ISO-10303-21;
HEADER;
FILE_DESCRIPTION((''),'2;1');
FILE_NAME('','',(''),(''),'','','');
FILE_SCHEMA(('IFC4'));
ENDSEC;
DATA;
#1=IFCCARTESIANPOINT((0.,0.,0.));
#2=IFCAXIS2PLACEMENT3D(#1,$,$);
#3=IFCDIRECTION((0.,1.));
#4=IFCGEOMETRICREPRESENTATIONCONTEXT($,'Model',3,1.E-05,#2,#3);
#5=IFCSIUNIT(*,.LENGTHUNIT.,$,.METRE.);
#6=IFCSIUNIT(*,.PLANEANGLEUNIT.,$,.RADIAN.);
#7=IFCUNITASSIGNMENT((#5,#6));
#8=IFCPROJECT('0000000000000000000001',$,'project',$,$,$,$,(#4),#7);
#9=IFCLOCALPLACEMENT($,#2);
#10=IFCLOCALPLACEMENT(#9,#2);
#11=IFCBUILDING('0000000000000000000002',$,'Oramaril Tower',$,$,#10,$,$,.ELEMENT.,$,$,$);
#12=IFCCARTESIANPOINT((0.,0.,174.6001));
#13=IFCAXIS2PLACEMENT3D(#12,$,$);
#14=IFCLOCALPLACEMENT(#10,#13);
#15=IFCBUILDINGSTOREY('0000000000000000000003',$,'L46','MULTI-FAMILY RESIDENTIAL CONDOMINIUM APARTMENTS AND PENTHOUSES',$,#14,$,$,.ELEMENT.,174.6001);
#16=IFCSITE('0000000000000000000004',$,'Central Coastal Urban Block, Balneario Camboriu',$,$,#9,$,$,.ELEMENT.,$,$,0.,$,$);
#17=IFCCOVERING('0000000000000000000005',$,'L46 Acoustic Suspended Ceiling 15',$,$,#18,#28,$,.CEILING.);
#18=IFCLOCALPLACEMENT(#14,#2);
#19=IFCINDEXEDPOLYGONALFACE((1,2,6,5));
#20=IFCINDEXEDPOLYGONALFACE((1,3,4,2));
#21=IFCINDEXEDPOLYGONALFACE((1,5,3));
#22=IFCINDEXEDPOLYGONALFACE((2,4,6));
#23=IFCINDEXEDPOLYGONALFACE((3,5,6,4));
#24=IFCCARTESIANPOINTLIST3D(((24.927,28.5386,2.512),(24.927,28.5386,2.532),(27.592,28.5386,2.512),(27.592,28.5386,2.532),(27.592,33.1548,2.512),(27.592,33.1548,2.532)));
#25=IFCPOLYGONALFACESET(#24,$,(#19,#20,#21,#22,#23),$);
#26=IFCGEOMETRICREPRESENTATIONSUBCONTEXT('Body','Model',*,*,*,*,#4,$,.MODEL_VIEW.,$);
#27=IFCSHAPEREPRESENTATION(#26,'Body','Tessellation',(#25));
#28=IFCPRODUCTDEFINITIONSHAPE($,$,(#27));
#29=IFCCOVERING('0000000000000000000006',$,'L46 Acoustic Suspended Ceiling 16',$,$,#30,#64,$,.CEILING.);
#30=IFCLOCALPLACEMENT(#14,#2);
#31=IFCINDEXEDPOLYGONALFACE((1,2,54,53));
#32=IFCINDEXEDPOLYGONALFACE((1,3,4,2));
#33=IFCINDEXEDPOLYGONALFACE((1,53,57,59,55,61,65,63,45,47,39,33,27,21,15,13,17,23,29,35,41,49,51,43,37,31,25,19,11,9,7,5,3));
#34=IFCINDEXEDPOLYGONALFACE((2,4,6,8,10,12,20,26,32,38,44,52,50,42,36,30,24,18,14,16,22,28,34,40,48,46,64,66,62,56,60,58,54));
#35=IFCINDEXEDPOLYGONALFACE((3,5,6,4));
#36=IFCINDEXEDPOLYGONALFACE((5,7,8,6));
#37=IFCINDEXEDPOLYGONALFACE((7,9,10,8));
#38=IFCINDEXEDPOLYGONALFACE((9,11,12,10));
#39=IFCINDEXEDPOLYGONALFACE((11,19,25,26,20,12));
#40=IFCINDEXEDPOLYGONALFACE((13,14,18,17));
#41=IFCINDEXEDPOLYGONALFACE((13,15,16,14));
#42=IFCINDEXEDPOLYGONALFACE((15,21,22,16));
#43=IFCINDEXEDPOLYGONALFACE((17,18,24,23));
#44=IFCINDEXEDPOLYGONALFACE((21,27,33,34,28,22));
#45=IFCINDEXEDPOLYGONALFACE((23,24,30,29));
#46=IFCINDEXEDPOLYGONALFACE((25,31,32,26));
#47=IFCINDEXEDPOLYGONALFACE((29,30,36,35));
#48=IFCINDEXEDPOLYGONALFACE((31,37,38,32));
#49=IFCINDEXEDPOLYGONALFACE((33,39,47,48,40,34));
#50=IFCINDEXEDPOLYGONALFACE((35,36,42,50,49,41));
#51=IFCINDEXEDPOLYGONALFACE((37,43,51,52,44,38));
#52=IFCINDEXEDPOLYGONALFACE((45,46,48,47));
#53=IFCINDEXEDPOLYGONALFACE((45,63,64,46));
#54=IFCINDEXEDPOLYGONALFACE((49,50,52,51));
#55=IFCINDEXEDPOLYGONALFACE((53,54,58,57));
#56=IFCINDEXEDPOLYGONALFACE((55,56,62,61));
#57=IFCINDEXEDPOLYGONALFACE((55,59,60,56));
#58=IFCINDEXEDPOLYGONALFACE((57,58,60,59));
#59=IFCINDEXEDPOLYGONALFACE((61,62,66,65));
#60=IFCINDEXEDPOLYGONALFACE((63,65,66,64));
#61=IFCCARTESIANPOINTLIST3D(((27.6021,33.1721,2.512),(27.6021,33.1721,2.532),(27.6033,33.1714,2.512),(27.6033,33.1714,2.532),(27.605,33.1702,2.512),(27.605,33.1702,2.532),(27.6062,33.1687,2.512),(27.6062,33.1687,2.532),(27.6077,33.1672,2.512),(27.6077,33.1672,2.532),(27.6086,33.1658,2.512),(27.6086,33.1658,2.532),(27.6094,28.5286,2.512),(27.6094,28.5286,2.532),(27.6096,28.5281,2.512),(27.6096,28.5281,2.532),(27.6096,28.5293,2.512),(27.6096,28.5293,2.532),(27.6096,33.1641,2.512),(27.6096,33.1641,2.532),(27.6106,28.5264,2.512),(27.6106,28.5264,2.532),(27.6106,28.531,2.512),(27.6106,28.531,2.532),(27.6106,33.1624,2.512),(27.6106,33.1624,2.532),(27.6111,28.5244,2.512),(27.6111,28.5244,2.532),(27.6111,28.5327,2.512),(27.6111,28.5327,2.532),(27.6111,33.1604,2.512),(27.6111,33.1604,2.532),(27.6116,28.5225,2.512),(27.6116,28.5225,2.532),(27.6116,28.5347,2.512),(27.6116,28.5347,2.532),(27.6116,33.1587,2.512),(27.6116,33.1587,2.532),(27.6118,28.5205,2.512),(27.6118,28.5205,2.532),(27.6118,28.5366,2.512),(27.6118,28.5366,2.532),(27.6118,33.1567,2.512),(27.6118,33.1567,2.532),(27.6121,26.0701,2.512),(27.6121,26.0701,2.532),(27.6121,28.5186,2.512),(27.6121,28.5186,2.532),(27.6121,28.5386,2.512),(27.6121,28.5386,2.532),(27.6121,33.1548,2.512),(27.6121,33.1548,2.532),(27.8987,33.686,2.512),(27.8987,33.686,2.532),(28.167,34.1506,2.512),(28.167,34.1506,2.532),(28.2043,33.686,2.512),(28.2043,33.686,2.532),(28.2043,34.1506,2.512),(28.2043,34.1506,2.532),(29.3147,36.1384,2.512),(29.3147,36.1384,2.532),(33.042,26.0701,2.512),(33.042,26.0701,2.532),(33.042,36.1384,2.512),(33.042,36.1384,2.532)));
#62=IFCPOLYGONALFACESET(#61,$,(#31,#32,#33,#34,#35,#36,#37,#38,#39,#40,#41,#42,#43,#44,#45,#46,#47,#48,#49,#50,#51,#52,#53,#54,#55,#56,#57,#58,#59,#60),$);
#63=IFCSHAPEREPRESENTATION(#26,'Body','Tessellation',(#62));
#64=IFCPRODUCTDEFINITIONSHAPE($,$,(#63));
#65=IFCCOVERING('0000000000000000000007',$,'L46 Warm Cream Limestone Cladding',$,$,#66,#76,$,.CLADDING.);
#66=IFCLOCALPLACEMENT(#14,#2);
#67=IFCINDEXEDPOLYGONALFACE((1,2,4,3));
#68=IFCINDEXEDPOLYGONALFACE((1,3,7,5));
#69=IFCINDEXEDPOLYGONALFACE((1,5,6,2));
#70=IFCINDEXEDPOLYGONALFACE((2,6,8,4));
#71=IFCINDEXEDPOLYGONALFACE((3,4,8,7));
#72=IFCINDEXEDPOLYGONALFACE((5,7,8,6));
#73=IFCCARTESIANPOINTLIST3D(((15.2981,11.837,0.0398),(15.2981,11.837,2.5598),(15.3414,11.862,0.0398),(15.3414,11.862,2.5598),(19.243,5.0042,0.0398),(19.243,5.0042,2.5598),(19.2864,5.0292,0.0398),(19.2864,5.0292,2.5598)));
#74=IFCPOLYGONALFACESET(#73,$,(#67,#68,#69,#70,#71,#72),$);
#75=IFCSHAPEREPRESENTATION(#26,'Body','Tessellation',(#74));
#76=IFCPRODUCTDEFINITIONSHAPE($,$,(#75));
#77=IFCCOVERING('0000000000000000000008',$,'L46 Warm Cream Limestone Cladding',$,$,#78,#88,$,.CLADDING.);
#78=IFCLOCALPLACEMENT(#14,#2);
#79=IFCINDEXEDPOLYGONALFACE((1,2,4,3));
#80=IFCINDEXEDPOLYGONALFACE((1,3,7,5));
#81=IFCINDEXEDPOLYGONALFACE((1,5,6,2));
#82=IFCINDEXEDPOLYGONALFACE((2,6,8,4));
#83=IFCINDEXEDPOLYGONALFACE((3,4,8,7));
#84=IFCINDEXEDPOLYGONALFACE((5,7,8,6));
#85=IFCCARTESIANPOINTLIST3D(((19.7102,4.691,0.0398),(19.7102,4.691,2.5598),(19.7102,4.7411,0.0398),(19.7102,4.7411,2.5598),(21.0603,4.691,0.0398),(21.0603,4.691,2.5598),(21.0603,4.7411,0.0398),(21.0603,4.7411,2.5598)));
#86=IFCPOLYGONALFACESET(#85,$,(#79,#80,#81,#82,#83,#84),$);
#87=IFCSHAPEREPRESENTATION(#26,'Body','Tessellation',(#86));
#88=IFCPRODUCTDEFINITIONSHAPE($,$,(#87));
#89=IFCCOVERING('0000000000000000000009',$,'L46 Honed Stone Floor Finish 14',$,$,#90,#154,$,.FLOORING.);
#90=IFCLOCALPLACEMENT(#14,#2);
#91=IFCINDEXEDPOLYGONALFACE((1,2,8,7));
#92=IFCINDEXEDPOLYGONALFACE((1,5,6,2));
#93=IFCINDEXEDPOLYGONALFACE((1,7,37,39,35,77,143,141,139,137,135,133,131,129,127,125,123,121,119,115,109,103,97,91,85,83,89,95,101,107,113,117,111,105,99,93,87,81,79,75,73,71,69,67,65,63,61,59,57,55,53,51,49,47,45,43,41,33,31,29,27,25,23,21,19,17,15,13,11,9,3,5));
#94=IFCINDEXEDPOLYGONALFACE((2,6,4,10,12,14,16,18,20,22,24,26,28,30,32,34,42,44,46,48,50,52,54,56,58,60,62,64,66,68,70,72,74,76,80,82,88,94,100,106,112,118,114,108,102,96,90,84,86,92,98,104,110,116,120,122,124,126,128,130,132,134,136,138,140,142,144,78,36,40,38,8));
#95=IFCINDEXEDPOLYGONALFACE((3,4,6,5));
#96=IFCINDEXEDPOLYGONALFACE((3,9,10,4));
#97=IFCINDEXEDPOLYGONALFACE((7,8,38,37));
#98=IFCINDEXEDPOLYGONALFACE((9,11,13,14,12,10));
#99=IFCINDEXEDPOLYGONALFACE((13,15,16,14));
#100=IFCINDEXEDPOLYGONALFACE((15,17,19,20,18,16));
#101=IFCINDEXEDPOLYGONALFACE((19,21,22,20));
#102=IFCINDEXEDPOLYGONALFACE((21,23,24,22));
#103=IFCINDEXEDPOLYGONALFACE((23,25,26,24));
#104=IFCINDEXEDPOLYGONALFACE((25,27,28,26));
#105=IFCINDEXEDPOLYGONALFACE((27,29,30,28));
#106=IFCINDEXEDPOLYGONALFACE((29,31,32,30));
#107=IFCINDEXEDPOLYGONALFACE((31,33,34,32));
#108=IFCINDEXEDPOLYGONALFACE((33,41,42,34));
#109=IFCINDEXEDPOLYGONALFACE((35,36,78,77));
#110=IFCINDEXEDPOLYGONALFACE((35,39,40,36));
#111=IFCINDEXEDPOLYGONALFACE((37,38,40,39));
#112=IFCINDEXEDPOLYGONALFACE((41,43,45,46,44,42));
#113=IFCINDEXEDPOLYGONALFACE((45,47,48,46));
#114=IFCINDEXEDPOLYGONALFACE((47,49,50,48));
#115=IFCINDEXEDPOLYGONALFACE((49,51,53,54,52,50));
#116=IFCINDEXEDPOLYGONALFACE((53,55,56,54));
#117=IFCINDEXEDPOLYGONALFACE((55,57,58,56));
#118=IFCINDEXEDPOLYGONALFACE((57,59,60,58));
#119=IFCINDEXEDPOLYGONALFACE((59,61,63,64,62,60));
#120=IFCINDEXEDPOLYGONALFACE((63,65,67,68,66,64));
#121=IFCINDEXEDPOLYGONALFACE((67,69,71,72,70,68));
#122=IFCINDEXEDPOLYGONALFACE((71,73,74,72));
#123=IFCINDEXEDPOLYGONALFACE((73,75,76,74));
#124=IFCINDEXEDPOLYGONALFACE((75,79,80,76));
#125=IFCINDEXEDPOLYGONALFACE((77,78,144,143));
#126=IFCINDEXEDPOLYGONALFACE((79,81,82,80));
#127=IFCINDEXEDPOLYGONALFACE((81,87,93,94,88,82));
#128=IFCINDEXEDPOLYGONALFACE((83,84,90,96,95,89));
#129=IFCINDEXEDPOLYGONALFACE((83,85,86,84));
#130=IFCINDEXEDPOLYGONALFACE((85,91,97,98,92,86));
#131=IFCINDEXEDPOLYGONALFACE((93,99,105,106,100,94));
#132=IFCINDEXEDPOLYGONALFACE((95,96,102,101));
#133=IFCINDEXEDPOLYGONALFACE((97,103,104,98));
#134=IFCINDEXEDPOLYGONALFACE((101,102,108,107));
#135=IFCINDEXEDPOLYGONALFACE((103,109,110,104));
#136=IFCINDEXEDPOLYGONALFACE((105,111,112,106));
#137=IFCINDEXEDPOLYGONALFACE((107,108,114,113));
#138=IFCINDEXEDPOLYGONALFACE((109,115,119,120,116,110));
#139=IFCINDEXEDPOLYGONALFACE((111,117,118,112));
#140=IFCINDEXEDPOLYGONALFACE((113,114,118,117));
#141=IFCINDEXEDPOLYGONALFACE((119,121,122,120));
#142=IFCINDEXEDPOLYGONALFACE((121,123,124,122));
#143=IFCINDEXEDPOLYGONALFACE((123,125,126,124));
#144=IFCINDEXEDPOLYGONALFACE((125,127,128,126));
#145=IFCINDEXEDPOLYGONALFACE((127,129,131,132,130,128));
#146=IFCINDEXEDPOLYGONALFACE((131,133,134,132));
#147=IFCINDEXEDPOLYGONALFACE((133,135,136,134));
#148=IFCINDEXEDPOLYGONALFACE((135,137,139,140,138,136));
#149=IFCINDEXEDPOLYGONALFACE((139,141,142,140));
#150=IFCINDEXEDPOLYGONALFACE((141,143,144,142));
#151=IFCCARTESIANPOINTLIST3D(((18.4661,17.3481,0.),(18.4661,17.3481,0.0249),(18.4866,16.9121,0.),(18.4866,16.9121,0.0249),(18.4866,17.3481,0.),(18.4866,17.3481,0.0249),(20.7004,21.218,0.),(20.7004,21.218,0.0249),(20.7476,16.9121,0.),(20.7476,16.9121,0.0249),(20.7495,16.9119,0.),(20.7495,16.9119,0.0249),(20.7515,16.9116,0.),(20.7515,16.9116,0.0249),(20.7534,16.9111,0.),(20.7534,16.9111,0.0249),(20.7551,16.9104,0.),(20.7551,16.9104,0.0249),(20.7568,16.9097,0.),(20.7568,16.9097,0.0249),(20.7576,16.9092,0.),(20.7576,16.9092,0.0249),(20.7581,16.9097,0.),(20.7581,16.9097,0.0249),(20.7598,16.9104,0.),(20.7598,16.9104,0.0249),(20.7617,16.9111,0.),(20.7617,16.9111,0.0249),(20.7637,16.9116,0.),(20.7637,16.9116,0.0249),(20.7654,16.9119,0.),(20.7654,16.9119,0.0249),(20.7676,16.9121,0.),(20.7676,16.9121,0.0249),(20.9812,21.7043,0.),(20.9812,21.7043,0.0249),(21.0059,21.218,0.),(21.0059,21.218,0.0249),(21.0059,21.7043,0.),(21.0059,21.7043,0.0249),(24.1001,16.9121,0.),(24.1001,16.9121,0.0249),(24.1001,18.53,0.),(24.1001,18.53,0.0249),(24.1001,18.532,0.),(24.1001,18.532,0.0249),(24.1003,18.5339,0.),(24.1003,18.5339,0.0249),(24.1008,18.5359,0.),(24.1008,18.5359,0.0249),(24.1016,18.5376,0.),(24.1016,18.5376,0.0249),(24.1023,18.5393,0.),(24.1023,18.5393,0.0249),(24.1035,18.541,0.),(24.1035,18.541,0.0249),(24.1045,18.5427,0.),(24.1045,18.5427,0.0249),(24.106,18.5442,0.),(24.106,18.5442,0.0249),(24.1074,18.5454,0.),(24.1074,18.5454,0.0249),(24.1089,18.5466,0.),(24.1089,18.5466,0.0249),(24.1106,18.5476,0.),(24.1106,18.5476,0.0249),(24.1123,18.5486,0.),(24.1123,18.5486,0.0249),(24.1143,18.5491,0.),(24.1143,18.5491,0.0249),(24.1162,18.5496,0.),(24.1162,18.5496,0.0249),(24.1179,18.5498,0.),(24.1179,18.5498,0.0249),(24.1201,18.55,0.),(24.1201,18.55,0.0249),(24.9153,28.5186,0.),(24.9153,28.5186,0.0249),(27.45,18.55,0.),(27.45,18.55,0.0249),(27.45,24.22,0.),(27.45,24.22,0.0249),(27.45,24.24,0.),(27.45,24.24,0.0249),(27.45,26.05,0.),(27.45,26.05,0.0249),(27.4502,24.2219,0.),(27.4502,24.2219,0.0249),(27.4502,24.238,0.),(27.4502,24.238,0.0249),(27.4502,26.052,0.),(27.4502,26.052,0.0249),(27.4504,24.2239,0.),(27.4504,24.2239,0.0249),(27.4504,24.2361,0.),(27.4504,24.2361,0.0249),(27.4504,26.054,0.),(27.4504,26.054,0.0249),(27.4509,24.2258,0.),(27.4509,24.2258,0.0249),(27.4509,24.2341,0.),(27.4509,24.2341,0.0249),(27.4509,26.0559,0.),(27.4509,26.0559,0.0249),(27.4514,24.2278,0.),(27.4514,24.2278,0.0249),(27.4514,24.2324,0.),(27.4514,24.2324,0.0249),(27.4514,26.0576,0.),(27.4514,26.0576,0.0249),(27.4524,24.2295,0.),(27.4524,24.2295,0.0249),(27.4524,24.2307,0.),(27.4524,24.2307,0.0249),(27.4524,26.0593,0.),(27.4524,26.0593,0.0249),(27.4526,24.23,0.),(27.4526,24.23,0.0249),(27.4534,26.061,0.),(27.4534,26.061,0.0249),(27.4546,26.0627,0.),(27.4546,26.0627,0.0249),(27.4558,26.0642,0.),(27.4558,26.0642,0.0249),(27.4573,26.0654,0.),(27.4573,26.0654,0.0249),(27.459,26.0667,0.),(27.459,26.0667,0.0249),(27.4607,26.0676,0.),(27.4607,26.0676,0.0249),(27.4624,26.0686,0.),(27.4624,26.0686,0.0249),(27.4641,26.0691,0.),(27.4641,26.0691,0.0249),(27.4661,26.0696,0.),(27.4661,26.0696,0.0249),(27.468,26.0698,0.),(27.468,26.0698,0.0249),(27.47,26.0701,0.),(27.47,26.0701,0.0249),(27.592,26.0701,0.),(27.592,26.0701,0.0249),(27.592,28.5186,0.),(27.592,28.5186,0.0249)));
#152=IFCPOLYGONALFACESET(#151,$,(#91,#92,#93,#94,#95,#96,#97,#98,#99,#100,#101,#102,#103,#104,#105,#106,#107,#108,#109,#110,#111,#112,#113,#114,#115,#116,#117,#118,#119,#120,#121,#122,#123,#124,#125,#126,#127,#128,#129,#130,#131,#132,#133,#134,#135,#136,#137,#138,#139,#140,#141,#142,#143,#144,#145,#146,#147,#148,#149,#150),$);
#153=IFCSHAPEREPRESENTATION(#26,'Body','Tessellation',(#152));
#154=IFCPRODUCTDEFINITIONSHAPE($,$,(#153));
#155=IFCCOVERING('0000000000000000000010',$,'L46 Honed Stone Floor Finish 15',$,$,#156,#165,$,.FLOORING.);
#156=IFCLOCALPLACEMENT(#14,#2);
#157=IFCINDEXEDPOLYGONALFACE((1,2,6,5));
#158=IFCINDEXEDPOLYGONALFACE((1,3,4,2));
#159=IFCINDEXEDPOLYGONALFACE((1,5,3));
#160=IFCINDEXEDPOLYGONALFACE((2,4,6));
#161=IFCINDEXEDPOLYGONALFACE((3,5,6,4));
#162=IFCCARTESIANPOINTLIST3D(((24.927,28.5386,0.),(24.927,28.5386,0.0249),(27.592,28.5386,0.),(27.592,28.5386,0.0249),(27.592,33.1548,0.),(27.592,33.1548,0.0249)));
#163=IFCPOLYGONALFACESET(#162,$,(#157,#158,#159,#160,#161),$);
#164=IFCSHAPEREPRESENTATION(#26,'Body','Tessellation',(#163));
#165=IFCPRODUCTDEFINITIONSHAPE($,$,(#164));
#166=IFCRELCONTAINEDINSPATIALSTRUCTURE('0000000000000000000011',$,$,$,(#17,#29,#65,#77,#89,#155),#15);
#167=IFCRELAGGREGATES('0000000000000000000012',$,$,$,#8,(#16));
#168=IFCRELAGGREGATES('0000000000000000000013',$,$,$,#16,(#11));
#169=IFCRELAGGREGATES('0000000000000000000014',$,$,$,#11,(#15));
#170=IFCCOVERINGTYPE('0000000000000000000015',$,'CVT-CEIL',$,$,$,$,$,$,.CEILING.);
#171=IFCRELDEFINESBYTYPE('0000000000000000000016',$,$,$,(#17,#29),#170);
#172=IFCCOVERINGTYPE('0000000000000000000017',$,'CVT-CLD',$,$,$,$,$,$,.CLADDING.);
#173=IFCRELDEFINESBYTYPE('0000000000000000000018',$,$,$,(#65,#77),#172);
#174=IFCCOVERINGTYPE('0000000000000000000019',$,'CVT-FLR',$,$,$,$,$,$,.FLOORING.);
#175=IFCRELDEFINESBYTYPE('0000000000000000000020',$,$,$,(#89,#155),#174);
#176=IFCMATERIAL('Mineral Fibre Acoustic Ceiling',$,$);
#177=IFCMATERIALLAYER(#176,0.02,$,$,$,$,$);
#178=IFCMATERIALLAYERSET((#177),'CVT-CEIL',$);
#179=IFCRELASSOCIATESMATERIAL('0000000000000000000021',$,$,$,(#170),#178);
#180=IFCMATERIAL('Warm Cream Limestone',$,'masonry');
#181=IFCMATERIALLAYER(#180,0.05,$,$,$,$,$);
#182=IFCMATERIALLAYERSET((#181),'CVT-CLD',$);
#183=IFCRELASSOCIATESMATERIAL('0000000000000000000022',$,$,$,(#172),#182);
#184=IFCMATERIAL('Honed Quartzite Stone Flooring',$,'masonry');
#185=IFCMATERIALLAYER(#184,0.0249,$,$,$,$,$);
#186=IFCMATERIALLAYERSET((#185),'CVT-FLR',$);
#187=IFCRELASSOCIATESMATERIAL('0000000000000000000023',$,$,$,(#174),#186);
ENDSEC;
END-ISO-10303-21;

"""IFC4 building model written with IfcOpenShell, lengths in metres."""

from ifc_helpers import new_model, si_unit, direction, frame, origin, origin_2d, place, context, subcontext, project, spatial, polyline, rectangle, outline, extrude, material, layer, layer_set, type_object, element, save


model = new_model("IFC4")

# Units and contexts
model_context = context("Model", 3, precision=1e-05, world=origin(), true_north=direction((0.0, 1.0)))
body_context = subcontext(model_context, "Body", "Model", "MODEL_VIEW")
ifc_project = project(units=[si_unit("LENGTHUNIT", "METRE"), si_unit("PLANEANGLEUNIT", "RADIAN")], contexts=[model_context])

# Site, building, storey
site_placement = place(None, origin())
site = spatial("IfcSite", under=ifc_project, at=site_placement, Name="Central Coastal Urban Block, Balneario Camboriu", CompositionType="ELEMENT", RefElevation=0.0)
building_placement = place(site_placement, origin())
building = spatial("IfcBuilding", under=site, at=building_placement, Name="Oramaril Tower", CompositionType="ELEMENT")
storey_placement = place(building_placement, frame((0.0, 0.0, 174.6001)))
storey = spatial("IfcBuildingStorey", under=building, at=storey_placement, Name="L46", Description="MULTI-FAMILY RESIDENTIAL CONDOMINIUM APARTMENTS AND PENTHOUSES", CompositionType="ELEMENT", Elevation=174.6001)

# Coverings
ifc_material_1 = material(Name="Mineral Fibre Acoustic Ceiling")
ifc_layer_1 = layer(ifc_material_1, 0.02)
ifc_layer_set_1 = layer_set([ifc_layer_1], Name="CVT-CEIL")
covering_type_1 = type_object("IfcCoveringType", Name="CVT-CEIL", PredefinedType="CEILING", material=ifc_layer_set_1)
covering_1_placement = place(storey_placement, frame((0.0, 0.0, 2.512)))
element("IfcCovering", 1, at=covering_1_placement, inside=storey, type_object=covering_type_1, Name="L46 Acoustic Suspended Ceiling 15", PredefinedType="CEILING", context=body_context, shape_type="SweptSolid", body=[
    extrude(outline(polyline([(27.592, 33.1548), (27.592, 28.5386), (24.927, 28.5386), (27.592, 33.1548)])), origin(), (0.0, 0.0, 1.0), 0.02),
])
covering_2_placement = place(storey_placement, frame((0.0, 0.0, 2.512)))
element("IfcCovering", 2, at=covering_2_placement, inside=storey, type_object=covering_type_1, Name="L46 Acoustic Suspended Ceiling 16", PredefinedType="CEILING", context=body_context, shape_type="SweptSolid", body=[
    extrude(outline(polyline([(28.2043, 33.686), (28.2043, 34.1506), (28.167, 34.1506), (29.3147, 36.1384), (33.042, 36.1384), (33.042, 26.0701), (27.6121, 26.0701), (27.6121, 28.5186), (27.6118, 28.5205), (27.6116, 28.5225), (27.6111, 28.5244), (27.6106, 28.5264), (27.6096, 28.5281), (27.6094, 28.5286), (27.6096, 28.5293), (27.6106, 28.531), (27.6111, 28.5327), (27.6116, 28.5347), (27.6118, 28.5366), (27.6121, 28.5386), (27.6121, 33.1548), (27.6118, 33.1567), (27.6116, 33.1587), (27.6111, 33.1604), (27.6106, 33.1624), (27.6096, 33.1641), (27.6086, 33.1658), (27.6077, 33.1672), (27.6062, 33.1687), (27.605, 33.1702), (27.6033, 33.1714), (27.6021, 33.1721), (27.8987, 33.686), (28.2043, 33.686)])), origin(), (0.0, 0.0, 1.0), 0.02),
])
ifc_material_2 = material(Name="Warm Cream Limestone", Category="masonry")
ifc_layer_2 = layer(ifc_material_2, 0.05)
ifc_layer_set_2 = layer_set([ifc_layer_2], Name="CVT-CLD")
covering_type_2 = type_object("IfcCoveringType", Name="CVT-CLD", PredefinedType="CLADDING", material=ifc_layer_set_2)
covering_3_placement = place(storey_placement, frame((17.2922, 8.4331, 0.0398), z_axis=(0.0, 0.0, 1.0), x_axis=(0.499997, -0.866027, 0.0)))
element("IfcCovering", 3, at=covering_3_placement, inside=storey, type_object=covering_type_2, Name="L46 Warm Cream Limestone Cladding", PredefinedType="CLADDING", context=body_context, shape_type="SweptSolid", body=[
    extrude(rectangle(XDim=7.8899, YDim=0.05, at=origin_2d()), origin(), (0.0, 0.0, 1.0), 2.52),
])
covering_4_placement = place(storey_placement, frame((20.3853, 4.7161, 0.0398), z_axis=(0.0, 0.0, 1.0), x_axis=(1.0, 0.0, 0.0)))
element("IfcCovering", 4, at=covering_4_placement, inside=storey, type_object=covering_type_2, Name="L46 Warm Cream Limestone Cladding", PredefinedType="CLADDING", context=body_context, shape_type="SweptSolid", body=[
    extrude(rectangle(XDim=1.3501, YDim=0.05, at=origin_2d()), origin(), (0.0, 0.0, 1.0), 2.52),
])
ifc_material_3 = material(Name="Honed Quartzite Stone Flooring", Category="masonry")
ifc_layer_3 = layer(ifc_material_3, 0.0249)
ifc_layer_set_3 = layer_set([ifc_layer_3], Name="CVT-FLR")
covering_type_3 = type_object("IfcCoveringType", Name="CVT-FLR", PredefinedType="FLOORING", material=ifc_layer_set_3)
covering_5_placement = place(storey_placement, origin())
element("IfcCovering", 5, at=covering_5_placement, inside=storey, type_object=covering_type_3, Name="L46 Honed Stone Floor Finish 14", PredefinedType="FLOORING", context=body_context, shape_type="SweptSolid", body=[
    extrude(outline(polyline([(18.4866, 17.3481), (18.4661, 17.3481), (20.7004, 21.218), (21.0059, 21.218), (21.0059, 21.7043), (20.9812, 21.7043), (24.9153, 28.5186), (27.592, 28.5186), (27.592, 26.0701), (27.47, 26.0701), (27.468, 26.0698), (27.4661, 26.0696), (27.4641, 26.0691), (27.4624, 26.0686), (27.4607, 26.0676), (27.459, 26.0667), (27.4573, 26.0654), (27.4558, 26.0642), (27.4546, 26.0627), (27.4534, 26.061), (27.4524, 26.0593), (27.4514, 26.0576), (27.4509, 26.0559), (27.4504, 26.054), (27.4502, 26.052), (27.45, 26.05), (27.45, 24.24), (27.4502, 24.238), (27.4504, 24.2361), (27.4509, 24.2341), (27.4514, 24.2324), (27.4524, 24.2307), (27.4526, 24.23), (27.4524, 24.2295), (27.4514, 24.2278), (27.4509, 24.2258), (27.4504, 24.2239), (27.4502, 24.2219), (27.45, 24.22), (27.45, 18.55), (24.1201, 18.55), (24.1179, 18.5498), (24.1162, 18.5496), (24.1143, 18.5491), (24.1123, 18.5486), (24.1106, 18.5476), (24.1089, 18.5466), (24.1074, 18.5454), (24.106, 18.5442), (24.1045, 18.5427), (24.1035, 18.541), (24.1023, 18.5393), (24.1016, 18.5376), (24.1008, 18.5359), (24.1003, 18.5339), (24.1001, 18.532), (24.1001, 18.53), (24.1001, 16.9121), (20.7676, 16.9121), (20.7654, 16.9119), (20.7637, 16.9116), (20.7617, 16.9111), (20.7598, 16.9104), (20.7581, 16.9097), (20.7576, 16.9092), (20.7568, 16.9097), (20.7551, 16.9104), (20.7534, 16.9111), (20.7515, 16.9116), (20.7495, 16.9119), (20.7476, 16.9121), (18.4866, 16.9121), (18.4866, 17.3481)])), origin(), (0.0, 0.0, 1.0), 0.0249),
])
covering_6_placement = place(storey_placement, origin())
element("IfcCovering", 6, at=covering_6_placement, inside=storey, type_object=covering_type_3, Name="L46 Honed Stone Floor Finish 15", PredefinedType="FLOORING", context=body_context, shape_type="SweptSolid", body=[
    extrude(outline(polyline([(27.592, 33.1548), (27.592, 28.5386), (24.927, 28.5386), (27.592, 33.1548)])), origin(), (0.0, 0.0, 1.0), 0.0249),
])

save(model, "model.ifc")
